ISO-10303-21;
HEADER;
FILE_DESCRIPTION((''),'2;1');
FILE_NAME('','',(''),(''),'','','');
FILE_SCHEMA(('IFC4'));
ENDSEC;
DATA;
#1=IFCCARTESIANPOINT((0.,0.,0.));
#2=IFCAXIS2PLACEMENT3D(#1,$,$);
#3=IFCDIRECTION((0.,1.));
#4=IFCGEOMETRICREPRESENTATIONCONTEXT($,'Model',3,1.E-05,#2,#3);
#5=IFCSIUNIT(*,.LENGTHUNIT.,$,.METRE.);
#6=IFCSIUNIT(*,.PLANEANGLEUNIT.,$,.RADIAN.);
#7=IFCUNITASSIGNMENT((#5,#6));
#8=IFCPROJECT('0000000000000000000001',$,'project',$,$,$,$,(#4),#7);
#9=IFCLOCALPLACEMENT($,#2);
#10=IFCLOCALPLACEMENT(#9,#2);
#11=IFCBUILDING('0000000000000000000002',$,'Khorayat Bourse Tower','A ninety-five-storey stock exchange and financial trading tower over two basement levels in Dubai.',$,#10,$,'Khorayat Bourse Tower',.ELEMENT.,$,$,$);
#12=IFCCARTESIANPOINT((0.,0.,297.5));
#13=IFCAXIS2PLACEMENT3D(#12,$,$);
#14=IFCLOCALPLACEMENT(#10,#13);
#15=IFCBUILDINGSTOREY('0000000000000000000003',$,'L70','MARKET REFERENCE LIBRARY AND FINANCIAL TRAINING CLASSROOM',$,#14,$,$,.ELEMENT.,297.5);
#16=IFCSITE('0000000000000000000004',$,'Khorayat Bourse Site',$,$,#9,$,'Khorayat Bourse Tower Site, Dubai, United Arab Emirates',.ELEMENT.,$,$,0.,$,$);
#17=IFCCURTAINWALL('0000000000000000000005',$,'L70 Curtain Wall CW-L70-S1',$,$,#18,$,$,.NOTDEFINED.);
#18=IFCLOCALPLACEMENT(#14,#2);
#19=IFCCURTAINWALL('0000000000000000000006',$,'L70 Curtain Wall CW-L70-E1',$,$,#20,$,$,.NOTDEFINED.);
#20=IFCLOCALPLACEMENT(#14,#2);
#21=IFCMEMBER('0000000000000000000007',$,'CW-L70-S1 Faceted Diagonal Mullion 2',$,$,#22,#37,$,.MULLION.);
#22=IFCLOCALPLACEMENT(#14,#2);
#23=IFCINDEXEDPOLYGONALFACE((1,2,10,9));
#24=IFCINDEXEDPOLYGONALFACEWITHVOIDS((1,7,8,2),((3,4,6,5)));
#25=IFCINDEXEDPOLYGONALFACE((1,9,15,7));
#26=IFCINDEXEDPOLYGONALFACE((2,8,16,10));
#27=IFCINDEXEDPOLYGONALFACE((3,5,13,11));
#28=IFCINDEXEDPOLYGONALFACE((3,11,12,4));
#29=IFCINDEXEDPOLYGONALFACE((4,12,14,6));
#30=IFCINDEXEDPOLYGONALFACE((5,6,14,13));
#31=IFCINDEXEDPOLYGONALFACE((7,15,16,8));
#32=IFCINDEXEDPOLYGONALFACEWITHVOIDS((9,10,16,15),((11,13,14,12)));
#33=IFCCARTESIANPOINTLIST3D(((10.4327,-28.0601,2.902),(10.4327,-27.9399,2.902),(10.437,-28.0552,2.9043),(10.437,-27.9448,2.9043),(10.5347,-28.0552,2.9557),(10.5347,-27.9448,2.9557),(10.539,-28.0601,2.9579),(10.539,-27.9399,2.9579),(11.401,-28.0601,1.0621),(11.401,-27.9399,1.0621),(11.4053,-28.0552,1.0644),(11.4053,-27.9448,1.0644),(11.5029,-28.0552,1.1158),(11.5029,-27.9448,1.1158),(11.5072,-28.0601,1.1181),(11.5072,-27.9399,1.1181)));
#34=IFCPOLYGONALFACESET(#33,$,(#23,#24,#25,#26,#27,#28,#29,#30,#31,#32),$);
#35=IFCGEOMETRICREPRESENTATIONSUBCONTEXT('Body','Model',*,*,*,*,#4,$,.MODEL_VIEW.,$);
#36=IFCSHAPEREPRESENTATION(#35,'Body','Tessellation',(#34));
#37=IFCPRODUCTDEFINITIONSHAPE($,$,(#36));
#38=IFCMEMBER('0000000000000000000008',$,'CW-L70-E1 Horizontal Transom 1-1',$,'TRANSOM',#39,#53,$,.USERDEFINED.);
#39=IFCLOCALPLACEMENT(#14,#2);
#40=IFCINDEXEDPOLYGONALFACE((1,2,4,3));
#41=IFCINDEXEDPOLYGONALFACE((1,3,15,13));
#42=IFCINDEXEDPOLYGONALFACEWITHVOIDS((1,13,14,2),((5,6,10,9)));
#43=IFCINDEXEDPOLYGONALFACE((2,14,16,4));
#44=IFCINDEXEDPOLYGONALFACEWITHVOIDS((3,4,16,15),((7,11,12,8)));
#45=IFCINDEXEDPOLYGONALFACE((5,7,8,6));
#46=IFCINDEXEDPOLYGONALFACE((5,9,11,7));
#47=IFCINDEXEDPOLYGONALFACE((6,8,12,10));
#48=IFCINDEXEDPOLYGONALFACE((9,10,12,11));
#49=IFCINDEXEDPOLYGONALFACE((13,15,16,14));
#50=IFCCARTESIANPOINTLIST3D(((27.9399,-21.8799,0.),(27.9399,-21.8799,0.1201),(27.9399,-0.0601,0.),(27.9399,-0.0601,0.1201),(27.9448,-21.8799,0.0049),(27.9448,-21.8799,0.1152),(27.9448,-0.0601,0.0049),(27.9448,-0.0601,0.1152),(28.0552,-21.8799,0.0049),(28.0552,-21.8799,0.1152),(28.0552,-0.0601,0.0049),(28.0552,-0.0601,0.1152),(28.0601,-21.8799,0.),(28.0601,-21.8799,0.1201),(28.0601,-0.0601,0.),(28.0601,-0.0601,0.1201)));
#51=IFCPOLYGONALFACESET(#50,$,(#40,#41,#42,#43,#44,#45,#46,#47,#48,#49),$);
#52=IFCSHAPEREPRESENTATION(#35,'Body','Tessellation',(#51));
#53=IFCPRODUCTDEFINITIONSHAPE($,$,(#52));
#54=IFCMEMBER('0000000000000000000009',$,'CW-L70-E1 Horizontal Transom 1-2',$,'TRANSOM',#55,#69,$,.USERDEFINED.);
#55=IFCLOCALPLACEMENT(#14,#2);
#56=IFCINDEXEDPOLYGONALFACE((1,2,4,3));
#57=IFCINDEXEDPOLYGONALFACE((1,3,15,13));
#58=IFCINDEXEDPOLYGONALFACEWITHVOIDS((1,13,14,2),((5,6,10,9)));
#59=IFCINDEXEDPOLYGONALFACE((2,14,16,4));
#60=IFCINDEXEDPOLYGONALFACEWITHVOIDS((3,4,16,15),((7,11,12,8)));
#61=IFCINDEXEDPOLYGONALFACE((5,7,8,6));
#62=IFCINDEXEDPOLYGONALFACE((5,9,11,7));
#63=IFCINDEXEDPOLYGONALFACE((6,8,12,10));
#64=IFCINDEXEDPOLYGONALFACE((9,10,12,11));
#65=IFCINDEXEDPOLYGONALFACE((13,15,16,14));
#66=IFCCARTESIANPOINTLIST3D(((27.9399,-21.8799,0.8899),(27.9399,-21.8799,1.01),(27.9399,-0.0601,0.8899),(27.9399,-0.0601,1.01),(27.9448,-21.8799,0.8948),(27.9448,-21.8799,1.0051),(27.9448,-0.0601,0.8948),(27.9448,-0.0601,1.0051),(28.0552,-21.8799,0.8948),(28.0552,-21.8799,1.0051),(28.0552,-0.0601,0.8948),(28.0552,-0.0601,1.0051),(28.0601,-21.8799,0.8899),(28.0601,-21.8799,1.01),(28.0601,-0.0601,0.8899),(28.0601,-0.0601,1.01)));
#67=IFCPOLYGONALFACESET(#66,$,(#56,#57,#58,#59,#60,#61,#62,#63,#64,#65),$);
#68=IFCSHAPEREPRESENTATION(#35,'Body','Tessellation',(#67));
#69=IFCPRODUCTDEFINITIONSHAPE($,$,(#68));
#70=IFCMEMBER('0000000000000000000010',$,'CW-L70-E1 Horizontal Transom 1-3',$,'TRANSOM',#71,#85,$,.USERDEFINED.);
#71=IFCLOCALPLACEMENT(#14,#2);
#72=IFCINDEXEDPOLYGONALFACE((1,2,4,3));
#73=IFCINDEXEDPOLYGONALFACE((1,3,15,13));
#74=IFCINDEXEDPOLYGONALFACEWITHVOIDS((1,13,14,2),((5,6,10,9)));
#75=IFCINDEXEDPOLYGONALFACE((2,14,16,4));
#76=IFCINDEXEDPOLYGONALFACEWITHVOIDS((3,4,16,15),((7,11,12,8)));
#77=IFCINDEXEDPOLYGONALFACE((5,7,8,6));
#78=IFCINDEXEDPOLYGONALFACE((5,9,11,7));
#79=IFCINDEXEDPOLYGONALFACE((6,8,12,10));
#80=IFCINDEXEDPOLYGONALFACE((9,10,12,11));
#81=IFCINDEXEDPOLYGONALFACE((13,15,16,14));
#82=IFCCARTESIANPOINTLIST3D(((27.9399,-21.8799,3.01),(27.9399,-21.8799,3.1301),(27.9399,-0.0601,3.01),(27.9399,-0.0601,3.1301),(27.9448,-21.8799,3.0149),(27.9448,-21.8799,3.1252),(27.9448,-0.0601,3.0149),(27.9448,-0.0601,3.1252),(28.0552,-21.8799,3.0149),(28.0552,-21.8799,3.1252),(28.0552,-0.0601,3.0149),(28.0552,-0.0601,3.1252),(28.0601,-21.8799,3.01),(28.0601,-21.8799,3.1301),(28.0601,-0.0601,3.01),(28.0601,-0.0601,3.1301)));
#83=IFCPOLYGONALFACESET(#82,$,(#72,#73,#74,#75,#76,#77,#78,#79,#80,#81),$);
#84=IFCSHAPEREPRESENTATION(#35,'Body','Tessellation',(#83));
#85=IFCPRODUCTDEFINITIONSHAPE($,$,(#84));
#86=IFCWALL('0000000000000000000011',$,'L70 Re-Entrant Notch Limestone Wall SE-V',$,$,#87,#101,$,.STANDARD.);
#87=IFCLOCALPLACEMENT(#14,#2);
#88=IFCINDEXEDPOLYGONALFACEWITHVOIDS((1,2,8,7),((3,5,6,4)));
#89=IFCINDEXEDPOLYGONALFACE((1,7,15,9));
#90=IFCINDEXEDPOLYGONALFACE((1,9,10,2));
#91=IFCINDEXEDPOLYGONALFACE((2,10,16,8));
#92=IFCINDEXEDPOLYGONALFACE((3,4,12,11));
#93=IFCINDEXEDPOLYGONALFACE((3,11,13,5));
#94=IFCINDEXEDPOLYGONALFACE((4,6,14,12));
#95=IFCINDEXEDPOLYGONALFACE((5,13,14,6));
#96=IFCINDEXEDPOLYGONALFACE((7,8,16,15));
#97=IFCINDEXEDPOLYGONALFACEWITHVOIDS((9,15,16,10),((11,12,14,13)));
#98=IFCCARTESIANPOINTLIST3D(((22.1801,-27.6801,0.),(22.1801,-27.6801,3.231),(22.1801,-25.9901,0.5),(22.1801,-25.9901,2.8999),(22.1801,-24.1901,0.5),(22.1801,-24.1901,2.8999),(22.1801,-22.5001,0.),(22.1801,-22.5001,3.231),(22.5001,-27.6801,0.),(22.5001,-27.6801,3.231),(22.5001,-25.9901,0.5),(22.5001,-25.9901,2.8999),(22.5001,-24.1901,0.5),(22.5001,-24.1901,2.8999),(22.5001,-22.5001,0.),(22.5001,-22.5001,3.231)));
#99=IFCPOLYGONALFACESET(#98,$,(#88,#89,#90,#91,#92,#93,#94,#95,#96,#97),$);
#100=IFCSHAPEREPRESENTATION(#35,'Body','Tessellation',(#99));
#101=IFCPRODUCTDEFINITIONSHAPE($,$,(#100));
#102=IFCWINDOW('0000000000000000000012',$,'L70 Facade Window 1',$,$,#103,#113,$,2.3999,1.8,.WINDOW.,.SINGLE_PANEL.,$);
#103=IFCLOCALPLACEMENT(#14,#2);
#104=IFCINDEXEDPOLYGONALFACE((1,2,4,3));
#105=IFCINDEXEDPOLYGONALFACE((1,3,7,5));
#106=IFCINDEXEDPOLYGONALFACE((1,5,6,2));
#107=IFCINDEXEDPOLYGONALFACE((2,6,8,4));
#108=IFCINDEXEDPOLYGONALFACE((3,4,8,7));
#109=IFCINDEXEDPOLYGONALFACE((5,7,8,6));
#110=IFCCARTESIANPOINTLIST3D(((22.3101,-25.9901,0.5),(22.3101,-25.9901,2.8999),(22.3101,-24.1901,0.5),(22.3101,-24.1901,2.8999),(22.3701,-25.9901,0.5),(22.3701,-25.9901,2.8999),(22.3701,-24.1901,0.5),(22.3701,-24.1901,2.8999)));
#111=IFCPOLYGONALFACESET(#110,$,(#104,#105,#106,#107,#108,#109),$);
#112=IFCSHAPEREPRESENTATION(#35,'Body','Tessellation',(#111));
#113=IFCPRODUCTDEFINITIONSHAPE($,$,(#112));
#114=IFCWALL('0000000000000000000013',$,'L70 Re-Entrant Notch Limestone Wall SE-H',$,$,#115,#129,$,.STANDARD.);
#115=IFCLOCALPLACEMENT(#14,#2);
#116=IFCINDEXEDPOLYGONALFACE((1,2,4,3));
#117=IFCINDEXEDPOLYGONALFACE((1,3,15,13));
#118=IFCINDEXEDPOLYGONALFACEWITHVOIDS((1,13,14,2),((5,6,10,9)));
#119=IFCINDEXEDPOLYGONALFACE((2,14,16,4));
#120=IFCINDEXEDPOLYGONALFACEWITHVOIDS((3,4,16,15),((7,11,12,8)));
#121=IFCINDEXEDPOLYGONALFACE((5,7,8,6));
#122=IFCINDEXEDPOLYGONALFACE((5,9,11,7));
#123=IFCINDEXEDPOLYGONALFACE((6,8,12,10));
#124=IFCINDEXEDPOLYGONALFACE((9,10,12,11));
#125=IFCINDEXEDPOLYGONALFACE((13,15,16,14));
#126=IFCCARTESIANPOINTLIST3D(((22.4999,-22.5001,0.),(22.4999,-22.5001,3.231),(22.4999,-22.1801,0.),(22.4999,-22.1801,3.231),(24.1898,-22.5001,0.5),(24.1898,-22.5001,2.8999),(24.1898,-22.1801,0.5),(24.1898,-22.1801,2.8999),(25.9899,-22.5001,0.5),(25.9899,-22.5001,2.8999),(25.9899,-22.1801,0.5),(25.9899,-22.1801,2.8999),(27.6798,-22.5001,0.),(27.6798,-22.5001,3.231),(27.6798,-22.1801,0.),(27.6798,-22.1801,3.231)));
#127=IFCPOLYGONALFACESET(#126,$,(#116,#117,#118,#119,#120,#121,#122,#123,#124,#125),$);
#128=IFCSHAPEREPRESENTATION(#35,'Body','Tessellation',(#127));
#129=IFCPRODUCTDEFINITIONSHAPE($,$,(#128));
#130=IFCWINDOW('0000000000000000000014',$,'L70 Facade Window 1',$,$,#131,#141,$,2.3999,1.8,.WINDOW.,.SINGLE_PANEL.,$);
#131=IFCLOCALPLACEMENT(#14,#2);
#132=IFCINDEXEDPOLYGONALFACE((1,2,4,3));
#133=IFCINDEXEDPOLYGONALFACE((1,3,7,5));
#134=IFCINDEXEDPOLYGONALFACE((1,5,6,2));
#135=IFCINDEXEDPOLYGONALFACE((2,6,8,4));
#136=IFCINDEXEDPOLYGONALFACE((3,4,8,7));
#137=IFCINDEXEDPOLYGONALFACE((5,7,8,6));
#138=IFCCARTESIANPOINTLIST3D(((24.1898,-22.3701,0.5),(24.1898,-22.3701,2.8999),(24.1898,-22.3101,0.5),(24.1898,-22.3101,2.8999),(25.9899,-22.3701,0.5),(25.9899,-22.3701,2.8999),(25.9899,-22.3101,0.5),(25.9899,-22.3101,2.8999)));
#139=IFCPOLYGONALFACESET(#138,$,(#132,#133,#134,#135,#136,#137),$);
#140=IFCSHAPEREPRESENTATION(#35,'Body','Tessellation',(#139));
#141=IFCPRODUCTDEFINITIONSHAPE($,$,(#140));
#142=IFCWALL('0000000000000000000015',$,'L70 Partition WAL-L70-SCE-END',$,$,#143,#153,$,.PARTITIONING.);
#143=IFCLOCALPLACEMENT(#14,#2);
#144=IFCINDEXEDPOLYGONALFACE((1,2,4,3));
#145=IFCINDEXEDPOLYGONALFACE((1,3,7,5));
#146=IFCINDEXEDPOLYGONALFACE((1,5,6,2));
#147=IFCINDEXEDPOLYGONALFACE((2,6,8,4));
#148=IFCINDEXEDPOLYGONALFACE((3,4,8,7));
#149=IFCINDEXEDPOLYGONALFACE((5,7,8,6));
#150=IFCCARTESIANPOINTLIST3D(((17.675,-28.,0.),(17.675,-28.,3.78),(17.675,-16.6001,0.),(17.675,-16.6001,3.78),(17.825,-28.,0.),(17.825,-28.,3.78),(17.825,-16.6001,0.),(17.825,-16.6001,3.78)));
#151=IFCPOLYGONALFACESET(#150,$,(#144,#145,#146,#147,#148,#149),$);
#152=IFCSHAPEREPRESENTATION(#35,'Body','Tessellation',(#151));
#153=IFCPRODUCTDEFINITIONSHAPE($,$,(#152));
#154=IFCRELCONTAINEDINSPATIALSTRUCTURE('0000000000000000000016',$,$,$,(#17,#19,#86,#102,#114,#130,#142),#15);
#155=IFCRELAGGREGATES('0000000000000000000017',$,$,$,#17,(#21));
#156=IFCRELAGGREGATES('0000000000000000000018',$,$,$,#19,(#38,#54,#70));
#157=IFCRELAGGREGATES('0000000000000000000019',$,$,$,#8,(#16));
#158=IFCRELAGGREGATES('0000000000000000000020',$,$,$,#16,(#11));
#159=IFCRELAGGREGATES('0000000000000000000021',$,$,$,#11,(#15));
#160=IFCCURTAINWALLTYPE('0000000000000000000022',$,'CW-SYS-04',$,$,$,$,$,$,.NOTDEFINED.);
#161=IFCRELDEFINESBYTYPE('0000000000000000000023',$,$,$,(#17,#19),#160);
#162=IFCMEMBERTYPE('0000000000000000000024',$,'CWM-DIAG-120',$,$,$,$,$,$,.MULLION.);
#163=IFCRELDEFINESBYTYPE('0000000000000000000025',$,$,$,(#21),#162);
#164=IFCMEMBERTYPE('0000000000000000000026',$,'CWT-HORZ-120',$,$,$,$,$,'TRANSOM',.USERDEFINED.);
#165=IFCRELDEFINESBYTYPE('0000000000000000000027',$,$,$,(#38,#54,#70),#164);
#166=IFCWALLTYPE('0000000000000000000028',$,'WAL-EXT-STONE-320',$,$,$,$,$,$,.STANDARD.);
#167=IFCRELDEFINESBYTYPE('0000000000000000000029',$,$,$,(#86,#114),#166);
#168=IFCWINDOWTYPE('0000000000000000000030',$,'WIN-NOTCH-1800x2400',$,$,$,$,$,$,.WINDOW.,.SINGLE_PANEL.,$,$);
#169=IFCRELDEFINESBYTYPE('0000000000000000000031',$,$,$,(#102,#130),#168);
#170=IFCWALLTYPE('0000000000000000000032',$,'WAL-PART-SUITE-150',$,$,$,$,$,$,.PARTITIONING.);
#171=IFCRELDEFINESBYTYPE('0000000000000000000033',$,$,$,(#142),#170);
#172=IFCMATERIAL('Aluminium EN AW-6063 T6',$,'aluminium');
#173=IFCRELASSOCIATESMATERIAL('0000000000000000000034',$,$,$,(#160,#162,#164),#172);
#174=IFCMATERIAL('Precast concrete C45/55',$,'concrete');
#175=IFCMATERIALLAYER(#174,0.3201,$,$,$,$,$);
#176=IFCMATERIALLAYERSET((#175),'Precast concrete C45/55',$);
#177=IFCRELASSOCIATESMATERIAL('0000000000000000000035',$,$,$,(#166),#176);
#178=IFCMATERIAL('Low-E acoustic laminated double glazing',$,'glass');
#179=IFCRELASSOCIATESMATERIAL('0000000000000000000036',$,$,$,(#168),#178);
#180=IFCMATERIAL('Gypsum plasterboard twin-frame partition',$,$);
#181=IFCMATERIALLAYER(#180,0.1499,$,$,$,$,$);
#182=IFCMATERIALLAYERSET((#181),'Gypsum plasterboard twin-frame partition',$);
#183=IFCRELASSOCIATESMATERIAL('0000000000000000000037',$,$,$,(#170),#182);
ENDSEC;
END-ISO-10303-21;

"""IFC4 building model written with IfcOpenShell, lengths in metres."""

from ifc_helpers import new_model, si_unit, direction, frame, frame_2d, origin, origin_2d, place, context, subcontext, project, spatial, rectangle, hollow_rectangle, extrude, source, transform, mapped, material, layer, layer_set, material_profile, profile_set, type_object, element, fill, aggregate, save


model = new_model("IFC4")

# Units and contexts
model_context = context("Model", 3, precision=1e-05, world=origin(), true_north=direction((0.0, 1.0)))
body_context = subcontext(model_context, "Body", "Model", "MODEL_VIEW")
ifc_project = project(units=[si_unit("LENGTHUNIT", "METRE"), si_unit("PLANEANGLEUNIT", "RADIAN")], contexts=[model_context])

# Site, building, storey
site_placement = place(None, origin())
site = spatial("IfcSite", under=ifc_project, at=site_placement, Name="Khorayat Bourse Site", LongName="Khorayat Bourse Tower Site, Dubai, United Arab Emirates", CompositionType="ELEMENT", RefElevation=0.0)
building_placement = place(site_placement, origin())
building = spatial("IfcBuilding", under=site, at=building_placement, Name="Khorayat Bourse Tower", Description="A ninety-five-storey stock exchange and financial trading tower over two basement levels in Dubai.", LongName="Khorayat Bourse Tower", CompositionType="ELEMENT")
storey_placement = place(building_placement, frame((0.0, 0.0, 297.5)))
storey = spatial("IfcBuildingStorey", under=building, at=storey_placement, Name="L70", Description="MARKET REFERENCE LIBRARY AND FINANCIAL TRAINING CLASSROOM", CompositionType="ELEMENT", Elevation=297.5)

# Curtain walls
ifc_material_1 = material(Name="Aluminium EN AW-6063 T6", Category="aluminium")
curtain_wall_type = type_object("IfcCurtainWallType", Name="CW-SYS-04", PredefinedType="NOTDEFINED", material=ifc_material_1)
curtain_wall_1_placement = place(storey_placement, origin())
curtain_wall_1 = element("IfcCurtainWall", 1, at=curtain_wall_1_placement, inside=storey, type_object=curtain_wall_type, Name="L70 Curtain Wall CW-L70-S1", PredefinedType="NOTDEFINED")
curtain_wall_2_placement = place(storey_placement, origin())
curtain_wall_2 = element("IfcCurtainWall", 2, at=curtain_wall_2_placement, inside=storey, type_object=curtain_wall_type, Name="L70 Curtain Wall CW-L70-E1", PredefinedType="NOTDEFINED")

# Members
ifc_material_profile_1 = material_profile(ifc_material_1, hollow_rectangle(XDim=0.1201, YDim=0.1201, WallThickness=0.0049, at=origin_2d()), Name="ALU 120x120x5")
ifc_profile_set_1 = profile_set([ifc_material_profile_1], Name="Aluminium EN AW-6063 T6")
member_type_1 = type_object("IfcMemberType", Name="CWM-DIAG-120", PredefinedType="MULLION", material=ifc_profile_set_1)
shared_shape_1 = source(origin(), body_context, "Body", "SweptSolid", [
    extrude(hollow_rectangle(XDim=0.1201, YDim=0.1201, WallThickness=0.0049, at=origin_2d()), origin(), (0.0, 0.0, 1.0), 2.0791),
])
member_1_placement = place(storey_placement, frame((11.4541, -28.0, 1.0901), z_axis=(-0.465717, 0.0, 0.884934), x_axis=(0.0, -1.0, 0.0)))
member_1 = element("IfcMember", 3, at=member_1_placement, type_object=member_type_1, Name="CW-L70-S1 Faceted Diagonal Mullion 2", PredefinedType="MULLION", context=body_context, shape_type="MappedRepresentation", body=[
    mapped(shared_shape_1, transform((0.0, 0.0, 0.0), scale=1.0)),
])
aggregate(curtain_wall_1, [member_1])
ifc_material_profile_2 = material_profile(ifc_material_1, hollow_rectangle(XDim=0.1201, YDim=0.1201, WallThickness=0.0049, at=origin_2d()), Name="ALU 120x120x5")
ifc_profile_set_2 = profile_set([ifc_material_profile_2], Name="Aluminium EN AW-6063 T6")
member_type_2 = type_object("IfcMemberType", Name="CWT-HORZ-120", ElementType="TRANSOM", PredefinedType="USERDEFINED", material=ifc_profile_set_2)
shared_shape_2 = source(origin(), body_context, "Body", "SweptSolid", [
    extrude(hollow_rectangle(XDim=0.1201, YDim=0.1201, WallThickness=0.0049, at=origin_2d()), origin(), (0.0, 0.0, 1.0), 21.8198),
])
member_2_placement = place(storey_placement, frame((28.0, -21.8799, 0.0601), z_axis=(0.0, 1.0, 0.0), x_axis=(-1.0, 0.0, 0.0)))
member_2 = element("IfcMember", 4, at=member_2_placement, type_object=member_type_2, Name="CW-L70-E1 Horizontal Transom 1-1", ObjectType="TRANSOM", PredefinedType="USERDEFINED", context=body_context, shape_type="MappedRepresentation", body=[
    mapped(shared_shape_2, transform((0.0, 0.0, 0.0), scale=1.0)),
])
member_3_placement = place(storey_placement, frame((28.0, -21.8799, 0.95), z_axis=(0.0, 1.0, 0.0), x_axis=(-1.0, 0.0, 0.0)))
member_3 = element("IfcMember", 5, at=member_3_placement, type_object=member_type_2, Name="CW-L70-E1 Horizontal Transom 1-2", ObjectType="TRANSOM", PredefinedType="USERDEFINED", context=body_context, shape_type="MappedRepresentation", body=[
    mapped(shared_shape_2, transform((0.0, 0.0, 0.0), scale=1.0)),
])
member_4_placement = place(storey_placement, frame((28.0, -21.8799, 3.0701), z_axis=(0.0, 1.0, 0.0), x_axis=(-1.0, 0.0, 0.0)))
member_4 = element("IfcMember", 6, at=member_4_placement, type_object=member_type_2, Name="CW-L70-E1 Horizontal Transom 1-3", ObjectType="TRANSOM", PredefinedType="USERDEFINED", context=body_context, shape_type="MappedRepresentation", body=[
    mapped(shared_shape_2, transform((0.0, 0.0, 0.0), scale=1.0)),
])
aggregate(curtain_wall_2, [member_2, member_3, member_4])

# Walls, openings, windows
ifc_material_2 = material(Name="Precast concrete C45/55", Category="concrete")
ifc_layer_1 = layer(ifc_material_2, 0.3201)
ifc_layer_set_1 = layer_set([ifc_layer_1], Name="Precast concrete C45/55")
wall_type_1 = type_object("IfcWallType", Name="WAL-EXT-STONE-320", PredefinedType="STANDARD", material=ifc_layer_set_1)
shared_shape_3 = source(origin(), body_context, "Body", "SweptSolid", [
    extrude(rectangle(XDim=5.1799, YDim=0.3201, at=frame_2d((2.5898, 0.0))), origin(), (0.0, 0.0, 1.0), 3.231),
])
wall_1_placement = place(storey_placement, frame((22.3401, -27.6799, 0.0), z_axis=(0.0, 0.0, 1.0), x_axis=(0.0, 1.0, 0.0)))
wall_1 = element("IfcWall", 7, at=wall_1_placement, inside=storey, type_object=wall_type_1, Name="L70 Re-Entrant Notch Limestone Wall SE-V", PredefinedType="STANDARD", context=body_context, shape_type="MappedRepresentation", body=[
    mapped(shared_shape_3, transform((0.0, 0.0, 0.0), scale=1.0)),
])
shared_shape_4 = source(origin(), body_context, "Body", "SweptSolid", [
    extrude(rectangle(XDim=1.8, YDim=2.3999, at=frame_2d((0.8999, 1.2))), frame((0.0, 0.1699, 0.0), z_axis=(0.0, -1.0, 0.0), x_axis=(1.0, 0.0, 0.0)), (0.0, 0.0, 1.0), 0.3401),
])
opening_1_placement = place(wall_1_placement, frame((1.6899, 0.0, 0.5)))
opening_1 = element("IfcOpeningElement", 8, at=opening_1_placement, cuts=wall_1, PredefinedType="OPENING", context=body_context, shape_type="MappedRepresentation", body=[
    mapped(shared_shape_4, transform((0.0, 0.0, 0.0), scale=1.0)),
])
ifc_material_3 = material(Name="Low-E acoustic laminated double glazing", Category="glass")
window_type = type_object("IfcWindowType", Name="WIN-NOTCH-1800x2400", PartitioningType="SINGLE_PANEL", PredefinedType="WINDOW", material=ifc_material_3)
shared_shape_5 = source(origin(), body_context, "Body", "SweptSolid", [
    extrude(rectangle(XDim=1.8, YDim=2.3999, at=frame_2d((0.8999, 1.2))), frame((0.0, 0.03, 0.0), z_axis=(0.0, -1.0, 0.0), x_axis=(1.0, 0.0, 0.0)), (0.0, 0.0, 1.0), 0.0601),
])
window_1_placement = place(opening_1_placement, origin())
window_1 = element("IfcWindow", 9, at=window_1_placement, inside=storey, type_object=window_type, Name="L70 Facade Window 1", OverallHeight=2.3999, OverallWidth=1.8, PartitioningType="SINGLE_PANEL", PredefinedType="WINDOW", context=body_context, shape_type="MappedRepresentation", body=[
    mapped(shared_shape_5, transform((0.0, 0.0, 0.0), scale=1.0)),
])
fill(opening_1, window_1)
wall_2_placement = place(storey_placement, frame((22.5, -22.3401, 0.0), z_axis=(0.0, 0.0, 1.0), x_axis=(1.0, 0.0, 0.0)))
wall_2 = element("IfcWall", 10, at=wall_2_placement, inside=storey, type_object=wall_type_1, Name="L70 Re-Entrant Notch Limestone Wall SE-H", PredefinedType="STANDARD", context=body_context, shape_type="MappedRepresentation", body=[
    mapped(shared_shape_3, transform((0.0, 0.0, 0.0), scale=1.0)),
])
opening_2_placement = place(wall_2_placement, frame((1.6899, 0.0, 0.5)))
opening_2 = element("IfcOpeningElement", 11, at=opening_2_placement, cuts=wall_2, PredefinedType="OPENING", context=body_context, shape_type="MappedRepresentation", body=[
    mapped(shared_shape_4, transform((0.0, 0.0, 0.0), scale=1.0)),
])
window_2_placement = place(opening_2_placement, origin())
window_2 = element("IfcWindow", 12, at=window_2_placement, inside=storey, type_object=window_type, Name="L70 Facade Window 1", OverallHeight=2.3999, OverallWidth=1.8, PartitioningType="SINGLE_PANEL", PredefinedType="WINDOW", context=body_context, shape_type="MappedRepresentation", body=[
    mapped(shared_shape_5, transform((0.0, 0.0, 0.0), scale=1.0)),
])
fill(opening_2, window_2)

# Wall
ifc_material_4 = material(Name="Gypsum plasterboard twin-frame partition")
ifc_layer_2 = layer(ifc_material_4, 0.1499)
ifc_layer_set_2 = layer_set([ifc_layer_2], Name="Gypsum plasterboard twin-frame partition")
wall_type_2 = type_object("IfcWallType", Name="WAL-PART-SUITE-150", PredefinedType="PARTITIONING", material=ifc_layer_set_2)
shared_shape_6 = source(origin(), body_context, "Body", "SweptSolid", [
    extrude(rectangle(XDim=11.3999, YDim=0.1499, at=frame_2d((5.7, 0.0))), origin(), (0.0, 0.0, 1.0), 3.78),
])
wall_3_placement = place(storey_placement, frame((17.75, -28.0, 0.0), z_axis=(0.0, 0.0, 1.0), x_axis=(0.0, 1.0, 0.0)))
element("IfcWall", 13, at=wall_3_placement, inside=storey, type_object=wall_type_2, Name="L70 Partition WAL-L70-SCE-END", PredefinedType="PARTITIONING", context=body_context, shape_type="MappedRepresentation", body=[
    mapped(shared_shape_6, transform((0.0, 0.0, 0.0), scale=1.0)),
])

save(model, "model.ifc")
